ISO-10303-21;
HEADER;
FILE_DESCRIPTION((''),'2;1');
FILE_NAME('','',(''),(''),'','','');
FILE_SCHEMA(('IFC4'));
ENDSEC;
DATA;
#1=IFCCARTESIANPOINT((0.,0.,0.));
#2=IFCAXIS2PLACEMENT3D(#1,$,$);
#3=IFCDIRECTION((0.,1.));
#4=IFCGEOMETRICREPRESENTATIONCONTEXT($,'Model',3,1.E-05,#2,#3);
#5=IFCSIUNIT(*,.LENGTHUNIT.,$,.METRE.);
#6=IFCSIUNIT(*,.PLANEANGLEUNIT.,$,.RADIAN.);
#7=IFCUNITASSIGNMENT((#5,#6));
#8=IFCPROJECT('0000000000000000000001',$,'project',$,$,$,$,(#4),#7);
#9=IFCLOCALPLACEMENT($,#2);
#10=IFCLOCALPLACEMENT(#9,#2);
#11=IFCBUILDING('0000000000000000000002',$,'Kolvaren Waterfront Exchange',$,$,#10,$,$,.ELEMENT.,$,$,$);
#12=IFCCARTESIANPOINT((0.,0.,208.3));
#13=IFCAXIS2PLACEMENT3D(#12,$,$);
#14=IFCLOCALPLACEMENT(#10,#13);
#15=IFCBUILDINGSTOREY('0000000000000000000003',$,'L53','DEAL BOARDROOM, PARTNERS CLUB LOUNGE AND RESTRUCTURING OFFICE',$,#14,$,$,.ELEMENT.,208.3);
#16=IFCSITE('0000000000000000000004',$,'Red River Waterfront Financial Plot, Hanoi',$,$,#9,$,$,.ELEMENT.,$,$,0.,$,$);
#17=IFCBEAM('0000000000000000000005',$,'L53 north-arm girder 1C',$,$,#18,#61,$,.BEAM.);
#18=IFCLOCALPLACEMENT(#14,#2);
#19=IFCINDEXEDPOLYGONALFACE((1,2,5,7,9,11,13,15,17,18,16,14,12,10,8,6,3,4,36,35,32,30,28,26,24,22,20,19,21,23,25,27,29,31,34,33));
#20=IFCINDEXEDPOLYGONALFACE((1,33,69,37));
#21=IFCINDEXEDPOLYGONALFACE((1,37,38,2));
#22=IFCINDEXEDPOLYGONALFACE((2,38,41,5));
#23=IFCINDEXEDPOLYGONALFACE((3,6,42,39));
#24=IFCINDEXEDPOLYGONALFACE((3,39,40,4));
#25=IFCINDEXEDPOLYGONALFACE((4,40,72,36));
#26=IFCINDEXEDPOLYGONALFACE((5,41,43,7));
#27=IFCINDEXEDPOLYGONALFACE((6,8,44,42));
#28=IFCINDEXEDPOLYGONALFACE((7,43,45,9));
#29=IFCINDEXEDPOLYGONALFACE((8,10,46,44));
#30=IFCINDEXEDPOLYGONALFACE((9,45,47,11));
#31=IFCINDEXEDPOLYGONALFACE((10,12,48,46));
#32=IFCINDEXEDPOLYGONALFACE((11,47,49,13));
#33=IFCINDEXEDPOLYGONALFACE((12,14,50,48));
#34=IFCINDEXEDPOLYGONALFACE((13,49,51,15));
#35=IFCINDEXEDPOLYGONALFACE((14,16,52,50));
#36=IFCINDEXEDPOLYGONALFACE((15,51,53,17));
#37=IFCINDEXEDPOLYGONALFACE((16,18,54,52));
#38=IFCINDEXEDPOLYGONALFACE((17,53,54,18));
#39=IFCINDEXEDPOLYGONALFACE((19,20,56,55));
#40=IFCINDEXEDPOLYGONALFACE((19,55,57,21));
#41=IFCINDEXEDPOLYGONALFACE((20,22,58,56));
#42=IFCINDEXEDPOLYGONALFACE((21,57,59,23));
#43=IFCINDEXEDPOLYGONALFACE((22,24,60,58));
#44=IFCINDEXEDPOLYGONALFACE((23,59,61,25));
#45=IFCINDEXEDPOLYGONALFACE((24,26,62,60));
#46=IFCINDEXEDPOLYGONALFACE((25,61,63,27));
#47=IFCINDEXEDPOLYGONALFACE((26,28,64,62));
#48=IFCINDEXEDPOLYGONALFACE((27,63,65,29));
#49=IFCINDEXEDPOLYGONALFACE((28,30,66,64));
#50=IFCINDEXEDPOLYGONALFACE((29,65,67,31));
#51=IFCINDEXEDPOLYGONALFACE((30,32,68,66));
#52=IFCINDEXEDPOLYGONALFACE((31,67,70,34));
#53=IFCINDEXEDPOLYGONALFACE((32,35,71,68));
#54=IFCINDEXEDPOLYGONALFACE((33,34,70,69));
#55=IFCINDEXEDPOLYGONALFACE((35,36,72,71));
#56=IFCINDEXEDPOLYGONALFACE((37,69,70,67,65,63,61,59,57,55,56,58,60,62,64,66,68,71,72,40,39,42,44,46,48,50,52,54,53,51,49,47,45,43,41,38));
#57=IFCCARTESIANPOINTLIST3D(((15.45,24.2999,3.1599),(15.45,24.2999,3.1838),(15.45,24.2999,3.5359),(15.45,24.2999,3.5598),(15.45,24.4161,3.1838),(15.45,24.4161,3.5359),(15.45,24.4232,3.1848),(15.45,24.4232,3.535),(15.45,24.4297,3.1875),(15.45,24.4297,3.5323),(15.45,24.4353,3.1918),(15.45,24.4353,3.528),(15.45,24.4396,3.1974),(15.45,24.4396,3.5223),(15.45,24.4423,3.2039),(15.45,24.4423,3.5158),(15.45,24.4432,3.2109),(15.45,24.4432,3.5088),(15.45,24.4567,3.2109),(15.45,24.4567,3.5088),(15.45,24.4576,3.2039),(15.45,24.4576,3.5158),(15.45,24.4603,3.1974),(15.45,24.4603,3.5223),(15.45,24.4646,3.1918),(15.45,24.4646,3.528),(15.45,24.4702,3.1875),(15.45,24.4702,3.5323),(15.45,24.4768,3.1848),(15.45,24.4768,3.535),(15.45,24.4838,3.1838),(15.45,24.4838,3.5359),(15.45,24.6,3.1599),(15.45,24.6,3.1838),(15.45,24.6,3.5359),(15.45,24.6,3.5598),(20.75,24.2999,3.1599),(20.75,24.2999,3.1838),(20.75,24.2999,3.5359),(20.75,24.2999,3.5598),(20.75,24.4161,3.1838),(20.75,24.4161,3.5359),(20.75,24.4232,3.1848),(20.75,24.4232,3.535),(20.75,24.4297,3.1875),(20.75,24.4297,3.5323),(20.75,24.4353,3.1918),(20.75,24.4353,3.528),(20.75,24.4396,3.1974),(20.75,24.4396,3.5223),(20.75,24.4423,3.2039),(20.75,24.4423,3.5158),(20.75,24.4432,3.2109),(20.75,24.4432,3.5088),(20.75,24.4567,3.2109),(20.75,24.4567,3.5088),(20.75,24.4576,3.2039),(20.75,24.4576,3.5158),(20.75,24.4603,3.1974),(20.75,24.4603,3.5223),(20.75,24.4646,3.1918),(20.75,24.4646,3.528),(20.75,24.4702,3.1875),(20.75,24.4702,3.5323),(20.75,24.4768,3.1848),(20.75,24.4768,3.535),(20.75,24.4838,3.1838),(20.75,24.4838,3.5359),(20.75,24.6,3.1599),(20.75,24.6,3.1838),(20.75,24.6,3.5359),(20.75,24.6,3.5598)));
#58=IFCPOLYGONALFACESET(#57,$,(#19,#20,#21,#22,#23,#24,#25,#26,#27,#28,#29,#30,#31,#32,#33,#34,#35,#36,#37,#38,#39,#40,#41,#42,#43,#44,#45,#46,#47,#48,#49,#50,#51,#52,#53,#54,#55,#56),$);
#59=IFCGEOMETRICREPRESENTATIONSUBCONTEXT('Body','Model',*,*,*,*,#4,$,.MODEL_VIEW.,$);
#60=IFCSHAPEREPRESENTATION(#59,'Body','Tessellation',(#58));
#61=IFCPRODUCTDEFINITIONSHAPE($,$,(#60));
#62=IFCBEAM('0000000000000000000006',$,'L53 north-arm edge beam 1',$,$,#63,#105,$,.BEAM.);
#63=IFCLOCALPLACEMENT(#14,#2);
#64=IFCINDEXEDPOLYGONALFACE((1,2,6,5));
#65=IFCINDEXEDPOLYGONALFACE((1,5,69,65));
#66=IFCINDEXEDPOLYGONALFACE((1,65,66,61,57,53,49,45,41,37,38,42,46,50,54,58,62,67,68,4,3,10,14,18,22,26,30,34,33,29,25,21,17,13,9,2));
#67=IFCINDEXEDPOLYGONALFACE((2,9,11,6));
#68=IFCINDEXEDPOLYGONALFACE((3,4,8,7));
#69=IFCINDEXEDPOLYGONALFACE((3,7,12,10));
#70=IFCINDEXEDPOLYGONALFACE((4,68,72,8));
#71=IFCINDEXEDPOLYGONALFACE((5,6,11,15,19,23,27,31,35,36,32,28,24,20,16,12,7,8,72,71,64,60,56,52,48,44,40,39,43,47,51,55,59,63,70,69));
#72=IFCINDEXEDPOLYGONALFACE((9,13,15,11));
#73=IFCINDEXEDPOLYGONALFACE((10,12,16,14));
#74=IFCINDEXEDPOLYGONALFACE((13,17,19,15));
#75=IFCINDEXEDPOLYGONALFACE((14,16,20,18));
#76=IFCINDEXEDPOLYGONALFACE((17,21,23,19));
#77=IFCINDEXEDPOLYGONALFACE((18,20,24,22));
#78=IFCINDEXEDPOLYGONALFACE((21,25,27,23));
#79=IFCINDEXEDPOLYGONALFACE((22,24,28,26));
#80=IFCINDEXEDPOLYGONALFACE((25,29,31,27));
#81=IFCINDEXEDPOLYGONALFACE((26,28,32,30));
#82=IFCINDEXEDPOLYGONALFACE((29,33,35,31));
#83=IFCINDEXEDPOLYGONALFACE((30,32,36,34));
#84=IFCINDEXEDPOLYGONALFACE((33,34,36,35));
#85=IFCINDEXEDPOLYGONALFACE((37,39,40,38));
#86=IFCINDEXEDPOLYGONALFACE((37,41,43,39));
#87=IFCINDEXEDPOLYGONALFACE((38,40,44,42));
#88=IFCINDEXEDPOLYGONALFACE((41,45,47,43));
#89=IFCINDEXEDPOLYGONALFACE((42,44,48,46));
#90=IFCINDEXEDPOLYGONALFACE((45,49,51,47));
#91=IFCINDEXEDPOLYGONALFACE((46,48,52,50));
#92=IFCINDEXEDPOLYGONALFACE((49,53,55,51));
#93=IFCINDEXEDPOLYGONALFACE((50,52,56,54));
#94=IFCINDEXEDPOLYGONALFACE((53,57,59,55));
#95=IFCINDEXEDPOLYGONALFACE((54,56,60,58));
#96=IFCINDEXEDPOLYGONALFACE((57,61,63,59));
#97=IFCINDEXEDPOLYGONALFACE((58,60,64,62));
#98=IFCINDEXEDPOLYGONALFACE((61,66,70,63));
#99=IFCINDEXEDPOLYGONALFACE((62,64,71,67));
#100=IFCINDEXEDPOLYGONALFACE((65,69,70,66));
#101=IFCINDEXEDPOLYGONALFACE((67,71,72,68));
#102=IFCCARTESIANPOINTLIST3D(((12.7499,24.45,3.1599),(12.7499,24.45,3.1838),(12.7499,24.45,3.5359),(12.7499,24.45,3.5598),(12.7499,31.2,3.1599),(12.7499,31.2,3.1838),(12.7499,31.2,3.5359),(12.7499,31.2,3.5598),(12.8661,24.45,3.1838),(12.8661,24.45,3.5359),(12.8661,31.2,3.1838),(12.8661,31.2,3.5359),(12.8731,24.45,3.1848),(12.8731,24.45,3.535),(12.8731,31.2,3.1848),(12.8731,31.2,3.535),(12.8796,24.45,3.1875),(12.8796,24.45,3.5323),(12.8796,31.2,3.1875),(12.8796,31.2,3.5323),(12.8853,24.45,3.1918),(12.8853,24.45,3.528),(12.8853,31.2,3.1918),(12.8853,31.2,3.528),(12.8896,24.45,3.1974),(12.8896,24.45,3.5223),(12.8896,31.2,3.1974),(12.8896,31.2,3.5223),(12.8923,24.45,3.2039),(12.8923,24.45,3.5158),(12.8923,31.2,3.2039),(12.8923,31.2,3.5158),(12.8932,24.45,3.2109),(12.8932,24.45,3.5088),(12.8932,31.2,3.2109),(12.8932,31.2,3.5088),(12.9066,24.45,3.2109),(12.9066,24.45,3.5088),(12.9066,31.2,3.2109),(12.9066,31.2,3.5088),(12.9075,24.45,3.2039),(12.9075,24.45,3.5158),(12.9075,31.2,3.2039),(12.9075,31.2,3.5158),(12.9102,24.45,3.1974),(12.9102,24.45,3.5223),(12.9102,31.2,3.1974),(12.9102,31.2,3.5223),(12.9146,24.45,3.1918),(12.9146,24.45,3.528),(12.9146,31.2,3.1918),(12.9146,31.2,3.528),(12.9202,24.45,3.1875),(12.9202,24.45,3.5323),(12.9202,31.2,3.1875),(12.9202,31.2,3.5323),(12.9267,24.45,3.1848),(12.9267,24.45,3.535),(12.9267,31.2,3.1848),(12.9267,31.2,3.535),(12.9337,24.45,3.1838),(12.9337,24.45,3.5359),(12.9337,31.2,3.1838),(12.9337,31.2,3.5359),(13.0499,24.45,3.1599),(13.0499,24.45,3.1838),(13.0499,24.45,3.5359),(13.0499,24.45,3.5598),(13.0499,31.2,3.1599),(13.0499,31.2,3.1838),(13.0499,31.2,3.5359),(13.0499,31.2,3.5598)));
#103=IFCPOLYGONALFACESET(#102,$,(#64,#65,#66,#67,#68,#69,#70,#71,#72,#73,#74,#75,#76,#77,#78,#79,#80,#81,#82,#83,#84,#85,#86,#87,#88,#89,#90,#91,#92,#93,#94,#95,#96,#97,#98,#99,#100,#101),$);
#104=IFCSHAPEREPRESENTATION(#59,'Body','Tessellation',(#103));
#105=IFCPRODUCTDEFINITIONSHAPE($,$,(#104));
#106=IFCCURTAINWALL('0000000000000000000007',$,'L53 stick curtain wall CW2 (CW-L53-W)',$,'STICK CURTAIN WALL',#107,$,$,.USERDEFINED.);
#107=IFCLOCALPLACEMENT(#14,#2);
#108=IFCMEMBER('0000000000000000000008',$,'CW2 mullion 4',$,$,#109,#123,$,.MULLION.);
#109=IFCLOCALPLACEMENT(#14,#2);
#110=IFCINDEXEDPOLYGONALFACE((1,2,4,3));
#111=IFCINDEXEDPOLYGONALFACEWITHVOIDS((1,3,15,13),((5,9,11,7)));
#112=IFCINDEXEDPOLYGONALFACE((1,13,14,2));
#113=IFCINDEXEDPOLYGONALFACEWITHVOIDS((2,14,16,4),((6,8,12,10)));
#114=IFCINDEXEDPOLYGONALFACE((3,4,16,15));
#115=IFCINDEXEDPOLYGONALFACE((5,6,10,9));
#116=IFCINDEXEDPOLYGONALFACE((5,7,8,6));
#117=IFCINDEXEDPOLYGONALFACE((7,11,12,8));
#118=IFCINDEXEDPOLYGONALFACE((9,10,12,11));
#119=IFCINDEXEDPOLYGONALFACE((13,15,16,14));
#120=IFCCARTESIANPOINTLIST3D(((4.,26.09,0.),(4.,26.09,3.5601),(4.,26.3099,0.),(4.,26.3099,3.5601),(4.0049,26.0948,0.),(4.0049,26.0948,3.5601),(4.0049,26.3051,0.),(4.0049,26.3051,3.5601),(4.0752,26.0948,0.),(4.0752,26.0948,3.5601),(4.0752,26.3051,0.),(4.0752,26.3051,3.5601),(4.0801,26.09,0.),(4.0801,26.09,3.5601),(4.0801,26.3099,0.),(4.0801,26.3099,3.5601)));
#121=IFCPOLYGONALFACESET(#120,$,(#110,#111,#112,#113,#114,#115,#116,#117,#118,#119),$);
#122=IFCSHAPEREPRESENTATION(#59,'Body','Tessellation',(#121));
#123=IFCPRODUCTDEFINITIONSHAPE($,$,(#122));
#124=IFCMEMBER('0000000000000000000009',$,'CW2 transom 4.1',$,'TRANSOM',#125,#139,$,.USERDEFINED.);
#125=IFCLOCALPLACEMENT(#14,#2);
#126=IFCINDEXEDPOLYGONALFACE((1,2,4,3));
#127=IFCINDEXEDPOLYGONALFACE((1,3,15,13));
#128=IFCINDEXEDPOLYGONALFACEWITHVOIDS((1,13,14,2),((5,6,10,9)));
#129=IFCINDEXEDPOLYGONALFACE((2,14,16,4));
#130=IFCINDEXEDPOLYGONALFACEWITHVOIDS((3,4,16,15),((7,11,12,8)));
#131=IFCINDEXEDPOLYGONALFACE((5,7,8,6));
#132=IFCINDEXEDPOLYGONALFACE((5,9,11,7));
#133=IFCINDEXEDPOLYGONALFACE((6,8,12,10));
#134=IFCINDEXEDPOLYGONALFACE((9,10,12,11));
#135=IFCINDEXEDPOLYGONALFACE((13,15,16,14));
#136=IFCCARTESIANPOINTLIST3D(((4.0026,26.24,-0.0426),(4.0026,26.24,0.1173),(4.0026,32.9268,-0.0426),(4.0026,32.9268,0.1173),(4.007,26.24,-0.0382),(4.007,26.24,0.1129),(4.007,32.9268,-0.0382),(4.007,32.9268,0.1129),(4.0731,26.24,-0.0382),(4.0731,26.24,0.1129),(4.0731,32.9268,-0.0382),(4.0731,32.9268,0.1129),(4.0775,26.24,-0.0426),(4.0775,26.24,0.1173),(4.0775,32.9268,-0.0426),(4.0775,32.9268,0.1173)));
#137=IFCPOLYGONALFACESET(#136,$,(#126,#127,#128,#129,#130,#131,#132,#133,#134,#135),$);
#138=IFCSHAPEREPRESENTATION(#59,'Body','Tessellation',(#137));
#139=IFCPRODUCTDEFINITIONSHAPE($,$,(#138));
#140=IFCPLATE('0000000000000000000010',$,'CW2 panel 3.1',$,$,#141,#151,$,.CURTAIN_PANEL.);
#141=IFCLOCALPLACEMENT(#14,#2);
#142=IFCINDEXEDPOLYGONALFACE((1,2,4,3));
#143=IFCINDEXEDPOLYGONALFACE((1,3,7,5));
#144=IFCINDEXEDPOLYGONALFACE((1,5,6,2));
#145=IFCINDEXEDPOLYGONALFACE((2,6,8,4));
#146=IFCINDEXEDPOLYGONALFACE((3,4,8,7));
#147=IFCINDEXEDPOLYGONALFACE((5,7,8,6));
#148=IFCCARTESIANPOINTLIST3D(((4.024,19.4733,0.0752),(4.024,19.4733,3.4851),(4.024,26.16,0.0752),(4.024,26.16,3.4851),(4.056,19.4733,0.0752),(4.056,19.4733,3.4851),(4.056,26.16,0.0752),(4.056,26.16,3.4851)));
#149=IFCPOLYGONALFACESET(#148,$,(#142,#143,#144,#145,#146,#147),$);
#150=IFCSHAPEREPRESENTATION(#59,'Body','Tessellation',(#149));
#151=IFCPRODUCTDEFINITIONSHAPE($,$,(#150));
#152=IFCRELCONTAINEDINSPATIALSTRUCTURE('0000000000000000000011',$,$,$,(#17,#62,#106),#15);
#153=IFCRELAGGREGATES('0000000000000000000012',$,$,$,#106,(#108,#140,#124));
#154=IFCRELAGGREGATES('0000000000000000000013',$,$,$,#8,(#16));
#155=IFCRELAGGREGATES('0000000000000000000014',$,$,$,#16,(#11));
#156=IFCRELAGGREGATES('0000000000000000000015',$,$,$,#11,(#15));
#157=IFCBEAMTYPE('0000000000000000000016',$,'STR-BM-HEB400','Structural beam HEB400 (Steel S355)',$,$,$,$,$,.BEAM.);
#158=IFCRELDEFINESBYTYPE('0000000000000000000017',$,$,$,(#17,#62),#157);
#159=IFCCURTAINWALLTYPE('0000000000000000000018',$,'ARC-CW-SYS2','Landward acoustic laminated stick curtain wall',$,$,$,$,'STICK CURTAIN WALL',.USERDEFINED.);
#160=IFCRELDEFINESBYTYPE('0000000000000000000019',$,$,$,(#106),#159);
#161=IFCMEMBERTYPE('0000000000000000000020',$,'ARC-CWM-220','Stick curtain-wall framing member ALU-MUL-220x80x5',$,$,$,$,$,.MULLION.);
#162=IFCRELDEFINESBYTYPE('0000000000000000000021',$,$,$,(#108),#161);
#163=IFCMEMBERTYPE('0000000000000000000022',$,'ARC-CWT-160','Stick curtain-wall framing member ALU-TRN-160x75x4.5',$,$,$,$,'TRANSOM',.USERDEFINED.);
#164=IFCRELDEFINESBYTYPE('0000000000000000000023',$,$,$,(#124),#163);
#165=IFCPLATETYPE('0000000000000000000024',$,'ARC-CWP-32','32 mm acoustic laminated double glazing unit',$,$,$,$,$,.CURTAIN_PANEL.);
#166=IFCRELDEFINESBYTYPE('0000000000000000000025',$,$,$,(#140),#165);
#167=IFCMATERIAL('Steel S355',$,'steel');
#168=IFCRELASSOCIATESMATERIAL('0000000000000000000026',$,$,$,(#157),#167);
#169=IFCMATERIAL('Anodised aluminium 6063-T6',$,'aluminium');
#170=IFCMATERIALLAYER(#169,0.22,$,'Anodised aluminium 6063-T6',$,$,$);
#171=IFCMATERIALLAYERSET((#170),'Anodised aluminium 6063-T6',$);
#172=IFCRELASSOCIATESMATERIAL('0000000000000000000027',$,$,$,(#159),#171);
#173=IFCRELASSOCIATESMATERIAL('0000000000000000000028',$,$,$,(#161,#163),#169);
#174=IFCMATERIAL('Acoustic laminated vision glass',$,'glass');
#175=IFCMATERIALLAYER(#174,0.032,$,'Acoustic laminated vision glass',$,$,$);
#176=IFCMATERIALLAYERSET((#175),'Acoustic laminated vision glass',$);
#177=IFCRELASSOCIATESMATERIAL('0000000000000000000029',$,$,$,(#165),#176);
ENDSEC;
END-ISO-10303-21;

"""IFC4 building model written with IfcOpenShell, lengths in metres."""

from ifc_helpers import new_model, si_unit, direction, frame, origin, origin_with_axes, origin_2d, place, context, subcontext, project, spatial, rectangle, hollow_rectangle, i_section, extrude, source, transform, mapped, material, layer, layer_set, material_profile, profile_set, type_object, element, aggregate, save


model = new_model("IFC4")

# Units and contexts
model_context = context("Model", 3, precision=1e-05, world=origin(), true_north=direction((0.0, 1.0)))
body_context = subcontext(model_context, "Body", "Model", "MODEL_VIEW")
ifc_project = project(units=[si_unit("LENGTHUNIT", "METRE"), si_unit("PLANEANGLEUNIT", "RADIAN")], contexts=[model_context])

# Site, building, storey
site_placement = place(None, origin())
site = spatial("IfcSite", under=ifc_project, at=site_placement, Name="Red River Waterfront Financial Plot, Hanoi", CompositionType="ELEMENT", RefElevation=0.0)
building_placement = place(site_placement, origin())
building = spatial("IfcBuilding", under=site, at=building_placement, Name="Kolvaren Waterfront Exchange", CompositionType="ELEMENT")
storey_placement = place(building_placement, frame((0.0, 0.0, 208.3)))
storey = spatial("IfcBuildingStorey", under=building, at=storey_placement, Name="L53", Description="DEAL BOARDROOM, PARTNERS CLUB LOUNGE AND RESTRUCTURING OFFICE", CompositionType="ELEMENT", Elevation=208.3)

# Beams
ifc_material_1 = material(Name="Steel S355", Category="steel")
ifc_material_profile_1 = material_profile(ifc_material_1, i_section(OverallWidth=0.3, OverallDepth=0.3999, WebThickness=0.0134, FlangeThickness=0.0239, FilletRadius=0.0271, at=origin_2d()), Name="HEB400")
ifc_profile_set_1 = profile_set([ifc_material_profile_1], Name="Steel S355")
beam_type_1 = type_object("IfcBeamType", Name="STR-BM-HEB400", Description="Structural beam HEB400 (Steel S355)", PredefinedType="BEAM", material=ifc_profile_set_1)
beam_1_placement = place(storey_placement, frame((15.45, 24.45, 3.3599), z_axis=(1.0, 0.0, 0.0), x_axis=(0.0, 1.0, 0.0)))
element("IfcBeam", 1, at=beam_1_placement, inside=storey, type_object=beam_type_1, Name="L53 north-arm girder 1C", PredefinedType="BEAM", context=body_context, shape_type="SweptSolid", body=[
    extrude(i_section(OverallWidth=0.3, OverallDepth=0.3999, WebThickness=0.0134, FlangeThickness=0.0239, FilletRadius=0.0271, at=origin_2d()), origin(), (0.0, 0.0, 1.0), 5.3),
])
beam_2_placement = place(storey_placement, frame((12.8999, 24.45, 3.3599), z_axis=(0.0, 1.0, 0.0), x_axis=(-1.0, 0.0, 0.0)))
element("IfcBeam", 2, at=beam_2_placement, inside=storey, type_object=beam_type_1, Name="L53 north-arm edge beam 1", PredefinedType="BEAM", context=body_context, shape_type="SweptSolid", body=[
    extrude(i_section(OverallWidth=0.3, OverallDepth=0.3999, WebThickness=0.0134, FlangeThickness=0.0239, FilletRadius=0.0271, at=origin_2d()), origin(), (0.0, 0.0, 1.0), 6.75),
])

# Curtain wall, members, plate
ifc_material_2 = material(Name="Anodised aluminium 6063-T6", Category="aluminium")
ifc_layer_1 = layer(ifc_material_2, 0.22, Name="Anodised aluminium 6063-T6")
ifc_layer_set_1 = layer_set([ifc_layer_1], Name="Anodised aluminium 6063-T6")
curtain_wall_type = type_object("IfcCurtainWallType", Name="ARC-CW-SYS2", Description="Landward acoustic laminated stick curtain wall", ElementType="STICK CURTAIN WALL", PredefinedType="USERDEFINED", material=ifc_layer_set_1)
curtain_wall_placement = place(storey_placement, origin())
curtain_wall = element("IfcCurtainWall", 3, at=curtain_wall_placement, inside=storey, type_object=curtain_wall_type, Name="L53 stick curtain wall CW2 (CW-L53-W)", ObjectType="STICK CURTAIN WALL", PredefinedType="USERDEFINED")
ifc_material_profile_2 = material_profile(ifc_material_2, hollow_rectangle(XDim=0.0801, YDim=0.22, WallThickness=0.0049, at=origin_2d()), Name="ALU-MUL-220x80x5")
ifc_profile_set_2 = profile_set([ifc_material_profile_2], Name="Anodised aluminium 6063-T6")
member_type_1 = type_object("IfcMemberType", Name="ARC-CWM-220", Description="Stick curtain-wall framing member ALU-MUL-220x80x5", PredefinedType="MULLION", material=ifc_profile_set_2)
shared_shape_1 = source(origin_with_axes(), body_context, "Body", "SweptSolid", [
    extrude(hollow_rectangle(XDim=0.0801, YDim=0.22, WallThickness=0.0049, at=origin_2d()), origin(), (0.0, 0.0, 1.0), 3.5601),
])
member_1_placement = place(storey_placement, frame((4.04, 26.2, 0.0), z_axis=(0.0, 0.0, 1.0), x_axis=(-1.0, 0.0, 0.0)))
member_1 = element("IfcMember", 4, at=member_1_placement, type_object=member_type_1, Name="CW2 mullion 4", PredefinedType="MULLION", context=body_context, shape_type="MappedRepresentation", body=[
    mapped(shared_shape_1, transform((0.0, 0.0, 0.0), x_axis=(1.0, 0.0, 0.0), y_axis=(0.0, 1.0, 0.0), z_axis=(0.0, 0.0, 1.0), scale=1.0)),
])
ifc_material_profile_3 = material_profile(ifc_material_2, hollow_rectangle(XDim=0.075, YDim=0.1599, WallThickness=0.0044, at=origin_2d()), Name="ALU-TRN-160x75x4.5")
ifc_profile_set_3 = profile_set([ifc_material_profile_3], Name="Anodised aluminium 6063-T6")
member_type_2 = type_object("IfcMemberType", Name="ARC-CWT-160", Description="Stick curtain-wall framing member ALU-TRN-160x75x4.5", ElementType="TRANSOM", PredefinedType="USERDEFINED", material=ifc_profile_set_3)
shared_shape_2 = source(origin_with_axes(), body_context, "Body", "SweptSolid", [
    extrude(hollow_rectangle(XDim=0.075, YDim=0.1599, WallThickness=0.0044, at=origin_2d()), origin(), (0.0, 0.0, 1.0), 6.6868),
])
member_2_placement = place(storey_placement, frame((4.04, 26.24, 0.0374), z_axis=(0.0, 1.0, 0.0), x_axis=(-1.0, 0.0, 0.0)))
member_2 = element("IfcMember", 5, at=member_2_placement, type_object=member_type_2, Name="CW2 transom 4.1", ObjectType="TRANSOM", PredefinedType="USERDEFINED", context=body_context, shape_type="MappedRepresentation", body=[
    mapped(shared_shape_2, transform((0.0, 0.0, 0.0), x_axis=(1.0, 0.0, 0.0), y_axis=(0.0, 1.0, 0.0), z_axis=(0.0, 0.0, 1.0), scale=1.0)),
])
ifc_material_3 = material(Name="Acoustic laminated vision glass", Category="glass")
ifc_layer_2 = layer(ifc_material_3, 0.032, Name="Acoustic laminated vision glass")
ifc_layer_set_2 = layer_set([ifc_layer_2], Name="Acoustic laminated vision glass")
plate_type = type_object("IfcPlateType", Name="ARC-CWP-32", Description="32 mm acoustic laminated double glazing unit", PredefinedType="CURTAIN_PANEL", material=ifc_layer_set_2)
shared_shape_3 = source(origin_with_axes(), body_context, "Body", "SweptSolid", [
    extrude(rectangle(XDim=6.6868, YDim=0.032, at=origin_2d()), origin(), (0.0, 0.0, 1.0), 3.4099),
])
plate_placement = place(storey_placement, frame((4.04, 22.8167, 0.0752), z_axis=(0.0, 0.0, 1.0), x_axis=(0.0, 1.0, 0.0)))
plate = element("IfcPlate", 6, at=plate_placement, type_object=plate_type, Name="CW2 panel 3.1", PredefinedType="CURTAIN_PANEL", context=body_context, shape_type="MappedRepresentation", body=[
    mapped(shared_shape_3, transform((0.0, 0.0, 0.0), x_axis=(1.0, 0.0, 0.0), y_axis=(0.0, 1.0, 0.0), z_axis=(0.0, 0.0, 1.0), scale=1.0)),
])
aggregate(curtain_wall, [member_1, plate, member_2])

save(model, "model.ifc")
